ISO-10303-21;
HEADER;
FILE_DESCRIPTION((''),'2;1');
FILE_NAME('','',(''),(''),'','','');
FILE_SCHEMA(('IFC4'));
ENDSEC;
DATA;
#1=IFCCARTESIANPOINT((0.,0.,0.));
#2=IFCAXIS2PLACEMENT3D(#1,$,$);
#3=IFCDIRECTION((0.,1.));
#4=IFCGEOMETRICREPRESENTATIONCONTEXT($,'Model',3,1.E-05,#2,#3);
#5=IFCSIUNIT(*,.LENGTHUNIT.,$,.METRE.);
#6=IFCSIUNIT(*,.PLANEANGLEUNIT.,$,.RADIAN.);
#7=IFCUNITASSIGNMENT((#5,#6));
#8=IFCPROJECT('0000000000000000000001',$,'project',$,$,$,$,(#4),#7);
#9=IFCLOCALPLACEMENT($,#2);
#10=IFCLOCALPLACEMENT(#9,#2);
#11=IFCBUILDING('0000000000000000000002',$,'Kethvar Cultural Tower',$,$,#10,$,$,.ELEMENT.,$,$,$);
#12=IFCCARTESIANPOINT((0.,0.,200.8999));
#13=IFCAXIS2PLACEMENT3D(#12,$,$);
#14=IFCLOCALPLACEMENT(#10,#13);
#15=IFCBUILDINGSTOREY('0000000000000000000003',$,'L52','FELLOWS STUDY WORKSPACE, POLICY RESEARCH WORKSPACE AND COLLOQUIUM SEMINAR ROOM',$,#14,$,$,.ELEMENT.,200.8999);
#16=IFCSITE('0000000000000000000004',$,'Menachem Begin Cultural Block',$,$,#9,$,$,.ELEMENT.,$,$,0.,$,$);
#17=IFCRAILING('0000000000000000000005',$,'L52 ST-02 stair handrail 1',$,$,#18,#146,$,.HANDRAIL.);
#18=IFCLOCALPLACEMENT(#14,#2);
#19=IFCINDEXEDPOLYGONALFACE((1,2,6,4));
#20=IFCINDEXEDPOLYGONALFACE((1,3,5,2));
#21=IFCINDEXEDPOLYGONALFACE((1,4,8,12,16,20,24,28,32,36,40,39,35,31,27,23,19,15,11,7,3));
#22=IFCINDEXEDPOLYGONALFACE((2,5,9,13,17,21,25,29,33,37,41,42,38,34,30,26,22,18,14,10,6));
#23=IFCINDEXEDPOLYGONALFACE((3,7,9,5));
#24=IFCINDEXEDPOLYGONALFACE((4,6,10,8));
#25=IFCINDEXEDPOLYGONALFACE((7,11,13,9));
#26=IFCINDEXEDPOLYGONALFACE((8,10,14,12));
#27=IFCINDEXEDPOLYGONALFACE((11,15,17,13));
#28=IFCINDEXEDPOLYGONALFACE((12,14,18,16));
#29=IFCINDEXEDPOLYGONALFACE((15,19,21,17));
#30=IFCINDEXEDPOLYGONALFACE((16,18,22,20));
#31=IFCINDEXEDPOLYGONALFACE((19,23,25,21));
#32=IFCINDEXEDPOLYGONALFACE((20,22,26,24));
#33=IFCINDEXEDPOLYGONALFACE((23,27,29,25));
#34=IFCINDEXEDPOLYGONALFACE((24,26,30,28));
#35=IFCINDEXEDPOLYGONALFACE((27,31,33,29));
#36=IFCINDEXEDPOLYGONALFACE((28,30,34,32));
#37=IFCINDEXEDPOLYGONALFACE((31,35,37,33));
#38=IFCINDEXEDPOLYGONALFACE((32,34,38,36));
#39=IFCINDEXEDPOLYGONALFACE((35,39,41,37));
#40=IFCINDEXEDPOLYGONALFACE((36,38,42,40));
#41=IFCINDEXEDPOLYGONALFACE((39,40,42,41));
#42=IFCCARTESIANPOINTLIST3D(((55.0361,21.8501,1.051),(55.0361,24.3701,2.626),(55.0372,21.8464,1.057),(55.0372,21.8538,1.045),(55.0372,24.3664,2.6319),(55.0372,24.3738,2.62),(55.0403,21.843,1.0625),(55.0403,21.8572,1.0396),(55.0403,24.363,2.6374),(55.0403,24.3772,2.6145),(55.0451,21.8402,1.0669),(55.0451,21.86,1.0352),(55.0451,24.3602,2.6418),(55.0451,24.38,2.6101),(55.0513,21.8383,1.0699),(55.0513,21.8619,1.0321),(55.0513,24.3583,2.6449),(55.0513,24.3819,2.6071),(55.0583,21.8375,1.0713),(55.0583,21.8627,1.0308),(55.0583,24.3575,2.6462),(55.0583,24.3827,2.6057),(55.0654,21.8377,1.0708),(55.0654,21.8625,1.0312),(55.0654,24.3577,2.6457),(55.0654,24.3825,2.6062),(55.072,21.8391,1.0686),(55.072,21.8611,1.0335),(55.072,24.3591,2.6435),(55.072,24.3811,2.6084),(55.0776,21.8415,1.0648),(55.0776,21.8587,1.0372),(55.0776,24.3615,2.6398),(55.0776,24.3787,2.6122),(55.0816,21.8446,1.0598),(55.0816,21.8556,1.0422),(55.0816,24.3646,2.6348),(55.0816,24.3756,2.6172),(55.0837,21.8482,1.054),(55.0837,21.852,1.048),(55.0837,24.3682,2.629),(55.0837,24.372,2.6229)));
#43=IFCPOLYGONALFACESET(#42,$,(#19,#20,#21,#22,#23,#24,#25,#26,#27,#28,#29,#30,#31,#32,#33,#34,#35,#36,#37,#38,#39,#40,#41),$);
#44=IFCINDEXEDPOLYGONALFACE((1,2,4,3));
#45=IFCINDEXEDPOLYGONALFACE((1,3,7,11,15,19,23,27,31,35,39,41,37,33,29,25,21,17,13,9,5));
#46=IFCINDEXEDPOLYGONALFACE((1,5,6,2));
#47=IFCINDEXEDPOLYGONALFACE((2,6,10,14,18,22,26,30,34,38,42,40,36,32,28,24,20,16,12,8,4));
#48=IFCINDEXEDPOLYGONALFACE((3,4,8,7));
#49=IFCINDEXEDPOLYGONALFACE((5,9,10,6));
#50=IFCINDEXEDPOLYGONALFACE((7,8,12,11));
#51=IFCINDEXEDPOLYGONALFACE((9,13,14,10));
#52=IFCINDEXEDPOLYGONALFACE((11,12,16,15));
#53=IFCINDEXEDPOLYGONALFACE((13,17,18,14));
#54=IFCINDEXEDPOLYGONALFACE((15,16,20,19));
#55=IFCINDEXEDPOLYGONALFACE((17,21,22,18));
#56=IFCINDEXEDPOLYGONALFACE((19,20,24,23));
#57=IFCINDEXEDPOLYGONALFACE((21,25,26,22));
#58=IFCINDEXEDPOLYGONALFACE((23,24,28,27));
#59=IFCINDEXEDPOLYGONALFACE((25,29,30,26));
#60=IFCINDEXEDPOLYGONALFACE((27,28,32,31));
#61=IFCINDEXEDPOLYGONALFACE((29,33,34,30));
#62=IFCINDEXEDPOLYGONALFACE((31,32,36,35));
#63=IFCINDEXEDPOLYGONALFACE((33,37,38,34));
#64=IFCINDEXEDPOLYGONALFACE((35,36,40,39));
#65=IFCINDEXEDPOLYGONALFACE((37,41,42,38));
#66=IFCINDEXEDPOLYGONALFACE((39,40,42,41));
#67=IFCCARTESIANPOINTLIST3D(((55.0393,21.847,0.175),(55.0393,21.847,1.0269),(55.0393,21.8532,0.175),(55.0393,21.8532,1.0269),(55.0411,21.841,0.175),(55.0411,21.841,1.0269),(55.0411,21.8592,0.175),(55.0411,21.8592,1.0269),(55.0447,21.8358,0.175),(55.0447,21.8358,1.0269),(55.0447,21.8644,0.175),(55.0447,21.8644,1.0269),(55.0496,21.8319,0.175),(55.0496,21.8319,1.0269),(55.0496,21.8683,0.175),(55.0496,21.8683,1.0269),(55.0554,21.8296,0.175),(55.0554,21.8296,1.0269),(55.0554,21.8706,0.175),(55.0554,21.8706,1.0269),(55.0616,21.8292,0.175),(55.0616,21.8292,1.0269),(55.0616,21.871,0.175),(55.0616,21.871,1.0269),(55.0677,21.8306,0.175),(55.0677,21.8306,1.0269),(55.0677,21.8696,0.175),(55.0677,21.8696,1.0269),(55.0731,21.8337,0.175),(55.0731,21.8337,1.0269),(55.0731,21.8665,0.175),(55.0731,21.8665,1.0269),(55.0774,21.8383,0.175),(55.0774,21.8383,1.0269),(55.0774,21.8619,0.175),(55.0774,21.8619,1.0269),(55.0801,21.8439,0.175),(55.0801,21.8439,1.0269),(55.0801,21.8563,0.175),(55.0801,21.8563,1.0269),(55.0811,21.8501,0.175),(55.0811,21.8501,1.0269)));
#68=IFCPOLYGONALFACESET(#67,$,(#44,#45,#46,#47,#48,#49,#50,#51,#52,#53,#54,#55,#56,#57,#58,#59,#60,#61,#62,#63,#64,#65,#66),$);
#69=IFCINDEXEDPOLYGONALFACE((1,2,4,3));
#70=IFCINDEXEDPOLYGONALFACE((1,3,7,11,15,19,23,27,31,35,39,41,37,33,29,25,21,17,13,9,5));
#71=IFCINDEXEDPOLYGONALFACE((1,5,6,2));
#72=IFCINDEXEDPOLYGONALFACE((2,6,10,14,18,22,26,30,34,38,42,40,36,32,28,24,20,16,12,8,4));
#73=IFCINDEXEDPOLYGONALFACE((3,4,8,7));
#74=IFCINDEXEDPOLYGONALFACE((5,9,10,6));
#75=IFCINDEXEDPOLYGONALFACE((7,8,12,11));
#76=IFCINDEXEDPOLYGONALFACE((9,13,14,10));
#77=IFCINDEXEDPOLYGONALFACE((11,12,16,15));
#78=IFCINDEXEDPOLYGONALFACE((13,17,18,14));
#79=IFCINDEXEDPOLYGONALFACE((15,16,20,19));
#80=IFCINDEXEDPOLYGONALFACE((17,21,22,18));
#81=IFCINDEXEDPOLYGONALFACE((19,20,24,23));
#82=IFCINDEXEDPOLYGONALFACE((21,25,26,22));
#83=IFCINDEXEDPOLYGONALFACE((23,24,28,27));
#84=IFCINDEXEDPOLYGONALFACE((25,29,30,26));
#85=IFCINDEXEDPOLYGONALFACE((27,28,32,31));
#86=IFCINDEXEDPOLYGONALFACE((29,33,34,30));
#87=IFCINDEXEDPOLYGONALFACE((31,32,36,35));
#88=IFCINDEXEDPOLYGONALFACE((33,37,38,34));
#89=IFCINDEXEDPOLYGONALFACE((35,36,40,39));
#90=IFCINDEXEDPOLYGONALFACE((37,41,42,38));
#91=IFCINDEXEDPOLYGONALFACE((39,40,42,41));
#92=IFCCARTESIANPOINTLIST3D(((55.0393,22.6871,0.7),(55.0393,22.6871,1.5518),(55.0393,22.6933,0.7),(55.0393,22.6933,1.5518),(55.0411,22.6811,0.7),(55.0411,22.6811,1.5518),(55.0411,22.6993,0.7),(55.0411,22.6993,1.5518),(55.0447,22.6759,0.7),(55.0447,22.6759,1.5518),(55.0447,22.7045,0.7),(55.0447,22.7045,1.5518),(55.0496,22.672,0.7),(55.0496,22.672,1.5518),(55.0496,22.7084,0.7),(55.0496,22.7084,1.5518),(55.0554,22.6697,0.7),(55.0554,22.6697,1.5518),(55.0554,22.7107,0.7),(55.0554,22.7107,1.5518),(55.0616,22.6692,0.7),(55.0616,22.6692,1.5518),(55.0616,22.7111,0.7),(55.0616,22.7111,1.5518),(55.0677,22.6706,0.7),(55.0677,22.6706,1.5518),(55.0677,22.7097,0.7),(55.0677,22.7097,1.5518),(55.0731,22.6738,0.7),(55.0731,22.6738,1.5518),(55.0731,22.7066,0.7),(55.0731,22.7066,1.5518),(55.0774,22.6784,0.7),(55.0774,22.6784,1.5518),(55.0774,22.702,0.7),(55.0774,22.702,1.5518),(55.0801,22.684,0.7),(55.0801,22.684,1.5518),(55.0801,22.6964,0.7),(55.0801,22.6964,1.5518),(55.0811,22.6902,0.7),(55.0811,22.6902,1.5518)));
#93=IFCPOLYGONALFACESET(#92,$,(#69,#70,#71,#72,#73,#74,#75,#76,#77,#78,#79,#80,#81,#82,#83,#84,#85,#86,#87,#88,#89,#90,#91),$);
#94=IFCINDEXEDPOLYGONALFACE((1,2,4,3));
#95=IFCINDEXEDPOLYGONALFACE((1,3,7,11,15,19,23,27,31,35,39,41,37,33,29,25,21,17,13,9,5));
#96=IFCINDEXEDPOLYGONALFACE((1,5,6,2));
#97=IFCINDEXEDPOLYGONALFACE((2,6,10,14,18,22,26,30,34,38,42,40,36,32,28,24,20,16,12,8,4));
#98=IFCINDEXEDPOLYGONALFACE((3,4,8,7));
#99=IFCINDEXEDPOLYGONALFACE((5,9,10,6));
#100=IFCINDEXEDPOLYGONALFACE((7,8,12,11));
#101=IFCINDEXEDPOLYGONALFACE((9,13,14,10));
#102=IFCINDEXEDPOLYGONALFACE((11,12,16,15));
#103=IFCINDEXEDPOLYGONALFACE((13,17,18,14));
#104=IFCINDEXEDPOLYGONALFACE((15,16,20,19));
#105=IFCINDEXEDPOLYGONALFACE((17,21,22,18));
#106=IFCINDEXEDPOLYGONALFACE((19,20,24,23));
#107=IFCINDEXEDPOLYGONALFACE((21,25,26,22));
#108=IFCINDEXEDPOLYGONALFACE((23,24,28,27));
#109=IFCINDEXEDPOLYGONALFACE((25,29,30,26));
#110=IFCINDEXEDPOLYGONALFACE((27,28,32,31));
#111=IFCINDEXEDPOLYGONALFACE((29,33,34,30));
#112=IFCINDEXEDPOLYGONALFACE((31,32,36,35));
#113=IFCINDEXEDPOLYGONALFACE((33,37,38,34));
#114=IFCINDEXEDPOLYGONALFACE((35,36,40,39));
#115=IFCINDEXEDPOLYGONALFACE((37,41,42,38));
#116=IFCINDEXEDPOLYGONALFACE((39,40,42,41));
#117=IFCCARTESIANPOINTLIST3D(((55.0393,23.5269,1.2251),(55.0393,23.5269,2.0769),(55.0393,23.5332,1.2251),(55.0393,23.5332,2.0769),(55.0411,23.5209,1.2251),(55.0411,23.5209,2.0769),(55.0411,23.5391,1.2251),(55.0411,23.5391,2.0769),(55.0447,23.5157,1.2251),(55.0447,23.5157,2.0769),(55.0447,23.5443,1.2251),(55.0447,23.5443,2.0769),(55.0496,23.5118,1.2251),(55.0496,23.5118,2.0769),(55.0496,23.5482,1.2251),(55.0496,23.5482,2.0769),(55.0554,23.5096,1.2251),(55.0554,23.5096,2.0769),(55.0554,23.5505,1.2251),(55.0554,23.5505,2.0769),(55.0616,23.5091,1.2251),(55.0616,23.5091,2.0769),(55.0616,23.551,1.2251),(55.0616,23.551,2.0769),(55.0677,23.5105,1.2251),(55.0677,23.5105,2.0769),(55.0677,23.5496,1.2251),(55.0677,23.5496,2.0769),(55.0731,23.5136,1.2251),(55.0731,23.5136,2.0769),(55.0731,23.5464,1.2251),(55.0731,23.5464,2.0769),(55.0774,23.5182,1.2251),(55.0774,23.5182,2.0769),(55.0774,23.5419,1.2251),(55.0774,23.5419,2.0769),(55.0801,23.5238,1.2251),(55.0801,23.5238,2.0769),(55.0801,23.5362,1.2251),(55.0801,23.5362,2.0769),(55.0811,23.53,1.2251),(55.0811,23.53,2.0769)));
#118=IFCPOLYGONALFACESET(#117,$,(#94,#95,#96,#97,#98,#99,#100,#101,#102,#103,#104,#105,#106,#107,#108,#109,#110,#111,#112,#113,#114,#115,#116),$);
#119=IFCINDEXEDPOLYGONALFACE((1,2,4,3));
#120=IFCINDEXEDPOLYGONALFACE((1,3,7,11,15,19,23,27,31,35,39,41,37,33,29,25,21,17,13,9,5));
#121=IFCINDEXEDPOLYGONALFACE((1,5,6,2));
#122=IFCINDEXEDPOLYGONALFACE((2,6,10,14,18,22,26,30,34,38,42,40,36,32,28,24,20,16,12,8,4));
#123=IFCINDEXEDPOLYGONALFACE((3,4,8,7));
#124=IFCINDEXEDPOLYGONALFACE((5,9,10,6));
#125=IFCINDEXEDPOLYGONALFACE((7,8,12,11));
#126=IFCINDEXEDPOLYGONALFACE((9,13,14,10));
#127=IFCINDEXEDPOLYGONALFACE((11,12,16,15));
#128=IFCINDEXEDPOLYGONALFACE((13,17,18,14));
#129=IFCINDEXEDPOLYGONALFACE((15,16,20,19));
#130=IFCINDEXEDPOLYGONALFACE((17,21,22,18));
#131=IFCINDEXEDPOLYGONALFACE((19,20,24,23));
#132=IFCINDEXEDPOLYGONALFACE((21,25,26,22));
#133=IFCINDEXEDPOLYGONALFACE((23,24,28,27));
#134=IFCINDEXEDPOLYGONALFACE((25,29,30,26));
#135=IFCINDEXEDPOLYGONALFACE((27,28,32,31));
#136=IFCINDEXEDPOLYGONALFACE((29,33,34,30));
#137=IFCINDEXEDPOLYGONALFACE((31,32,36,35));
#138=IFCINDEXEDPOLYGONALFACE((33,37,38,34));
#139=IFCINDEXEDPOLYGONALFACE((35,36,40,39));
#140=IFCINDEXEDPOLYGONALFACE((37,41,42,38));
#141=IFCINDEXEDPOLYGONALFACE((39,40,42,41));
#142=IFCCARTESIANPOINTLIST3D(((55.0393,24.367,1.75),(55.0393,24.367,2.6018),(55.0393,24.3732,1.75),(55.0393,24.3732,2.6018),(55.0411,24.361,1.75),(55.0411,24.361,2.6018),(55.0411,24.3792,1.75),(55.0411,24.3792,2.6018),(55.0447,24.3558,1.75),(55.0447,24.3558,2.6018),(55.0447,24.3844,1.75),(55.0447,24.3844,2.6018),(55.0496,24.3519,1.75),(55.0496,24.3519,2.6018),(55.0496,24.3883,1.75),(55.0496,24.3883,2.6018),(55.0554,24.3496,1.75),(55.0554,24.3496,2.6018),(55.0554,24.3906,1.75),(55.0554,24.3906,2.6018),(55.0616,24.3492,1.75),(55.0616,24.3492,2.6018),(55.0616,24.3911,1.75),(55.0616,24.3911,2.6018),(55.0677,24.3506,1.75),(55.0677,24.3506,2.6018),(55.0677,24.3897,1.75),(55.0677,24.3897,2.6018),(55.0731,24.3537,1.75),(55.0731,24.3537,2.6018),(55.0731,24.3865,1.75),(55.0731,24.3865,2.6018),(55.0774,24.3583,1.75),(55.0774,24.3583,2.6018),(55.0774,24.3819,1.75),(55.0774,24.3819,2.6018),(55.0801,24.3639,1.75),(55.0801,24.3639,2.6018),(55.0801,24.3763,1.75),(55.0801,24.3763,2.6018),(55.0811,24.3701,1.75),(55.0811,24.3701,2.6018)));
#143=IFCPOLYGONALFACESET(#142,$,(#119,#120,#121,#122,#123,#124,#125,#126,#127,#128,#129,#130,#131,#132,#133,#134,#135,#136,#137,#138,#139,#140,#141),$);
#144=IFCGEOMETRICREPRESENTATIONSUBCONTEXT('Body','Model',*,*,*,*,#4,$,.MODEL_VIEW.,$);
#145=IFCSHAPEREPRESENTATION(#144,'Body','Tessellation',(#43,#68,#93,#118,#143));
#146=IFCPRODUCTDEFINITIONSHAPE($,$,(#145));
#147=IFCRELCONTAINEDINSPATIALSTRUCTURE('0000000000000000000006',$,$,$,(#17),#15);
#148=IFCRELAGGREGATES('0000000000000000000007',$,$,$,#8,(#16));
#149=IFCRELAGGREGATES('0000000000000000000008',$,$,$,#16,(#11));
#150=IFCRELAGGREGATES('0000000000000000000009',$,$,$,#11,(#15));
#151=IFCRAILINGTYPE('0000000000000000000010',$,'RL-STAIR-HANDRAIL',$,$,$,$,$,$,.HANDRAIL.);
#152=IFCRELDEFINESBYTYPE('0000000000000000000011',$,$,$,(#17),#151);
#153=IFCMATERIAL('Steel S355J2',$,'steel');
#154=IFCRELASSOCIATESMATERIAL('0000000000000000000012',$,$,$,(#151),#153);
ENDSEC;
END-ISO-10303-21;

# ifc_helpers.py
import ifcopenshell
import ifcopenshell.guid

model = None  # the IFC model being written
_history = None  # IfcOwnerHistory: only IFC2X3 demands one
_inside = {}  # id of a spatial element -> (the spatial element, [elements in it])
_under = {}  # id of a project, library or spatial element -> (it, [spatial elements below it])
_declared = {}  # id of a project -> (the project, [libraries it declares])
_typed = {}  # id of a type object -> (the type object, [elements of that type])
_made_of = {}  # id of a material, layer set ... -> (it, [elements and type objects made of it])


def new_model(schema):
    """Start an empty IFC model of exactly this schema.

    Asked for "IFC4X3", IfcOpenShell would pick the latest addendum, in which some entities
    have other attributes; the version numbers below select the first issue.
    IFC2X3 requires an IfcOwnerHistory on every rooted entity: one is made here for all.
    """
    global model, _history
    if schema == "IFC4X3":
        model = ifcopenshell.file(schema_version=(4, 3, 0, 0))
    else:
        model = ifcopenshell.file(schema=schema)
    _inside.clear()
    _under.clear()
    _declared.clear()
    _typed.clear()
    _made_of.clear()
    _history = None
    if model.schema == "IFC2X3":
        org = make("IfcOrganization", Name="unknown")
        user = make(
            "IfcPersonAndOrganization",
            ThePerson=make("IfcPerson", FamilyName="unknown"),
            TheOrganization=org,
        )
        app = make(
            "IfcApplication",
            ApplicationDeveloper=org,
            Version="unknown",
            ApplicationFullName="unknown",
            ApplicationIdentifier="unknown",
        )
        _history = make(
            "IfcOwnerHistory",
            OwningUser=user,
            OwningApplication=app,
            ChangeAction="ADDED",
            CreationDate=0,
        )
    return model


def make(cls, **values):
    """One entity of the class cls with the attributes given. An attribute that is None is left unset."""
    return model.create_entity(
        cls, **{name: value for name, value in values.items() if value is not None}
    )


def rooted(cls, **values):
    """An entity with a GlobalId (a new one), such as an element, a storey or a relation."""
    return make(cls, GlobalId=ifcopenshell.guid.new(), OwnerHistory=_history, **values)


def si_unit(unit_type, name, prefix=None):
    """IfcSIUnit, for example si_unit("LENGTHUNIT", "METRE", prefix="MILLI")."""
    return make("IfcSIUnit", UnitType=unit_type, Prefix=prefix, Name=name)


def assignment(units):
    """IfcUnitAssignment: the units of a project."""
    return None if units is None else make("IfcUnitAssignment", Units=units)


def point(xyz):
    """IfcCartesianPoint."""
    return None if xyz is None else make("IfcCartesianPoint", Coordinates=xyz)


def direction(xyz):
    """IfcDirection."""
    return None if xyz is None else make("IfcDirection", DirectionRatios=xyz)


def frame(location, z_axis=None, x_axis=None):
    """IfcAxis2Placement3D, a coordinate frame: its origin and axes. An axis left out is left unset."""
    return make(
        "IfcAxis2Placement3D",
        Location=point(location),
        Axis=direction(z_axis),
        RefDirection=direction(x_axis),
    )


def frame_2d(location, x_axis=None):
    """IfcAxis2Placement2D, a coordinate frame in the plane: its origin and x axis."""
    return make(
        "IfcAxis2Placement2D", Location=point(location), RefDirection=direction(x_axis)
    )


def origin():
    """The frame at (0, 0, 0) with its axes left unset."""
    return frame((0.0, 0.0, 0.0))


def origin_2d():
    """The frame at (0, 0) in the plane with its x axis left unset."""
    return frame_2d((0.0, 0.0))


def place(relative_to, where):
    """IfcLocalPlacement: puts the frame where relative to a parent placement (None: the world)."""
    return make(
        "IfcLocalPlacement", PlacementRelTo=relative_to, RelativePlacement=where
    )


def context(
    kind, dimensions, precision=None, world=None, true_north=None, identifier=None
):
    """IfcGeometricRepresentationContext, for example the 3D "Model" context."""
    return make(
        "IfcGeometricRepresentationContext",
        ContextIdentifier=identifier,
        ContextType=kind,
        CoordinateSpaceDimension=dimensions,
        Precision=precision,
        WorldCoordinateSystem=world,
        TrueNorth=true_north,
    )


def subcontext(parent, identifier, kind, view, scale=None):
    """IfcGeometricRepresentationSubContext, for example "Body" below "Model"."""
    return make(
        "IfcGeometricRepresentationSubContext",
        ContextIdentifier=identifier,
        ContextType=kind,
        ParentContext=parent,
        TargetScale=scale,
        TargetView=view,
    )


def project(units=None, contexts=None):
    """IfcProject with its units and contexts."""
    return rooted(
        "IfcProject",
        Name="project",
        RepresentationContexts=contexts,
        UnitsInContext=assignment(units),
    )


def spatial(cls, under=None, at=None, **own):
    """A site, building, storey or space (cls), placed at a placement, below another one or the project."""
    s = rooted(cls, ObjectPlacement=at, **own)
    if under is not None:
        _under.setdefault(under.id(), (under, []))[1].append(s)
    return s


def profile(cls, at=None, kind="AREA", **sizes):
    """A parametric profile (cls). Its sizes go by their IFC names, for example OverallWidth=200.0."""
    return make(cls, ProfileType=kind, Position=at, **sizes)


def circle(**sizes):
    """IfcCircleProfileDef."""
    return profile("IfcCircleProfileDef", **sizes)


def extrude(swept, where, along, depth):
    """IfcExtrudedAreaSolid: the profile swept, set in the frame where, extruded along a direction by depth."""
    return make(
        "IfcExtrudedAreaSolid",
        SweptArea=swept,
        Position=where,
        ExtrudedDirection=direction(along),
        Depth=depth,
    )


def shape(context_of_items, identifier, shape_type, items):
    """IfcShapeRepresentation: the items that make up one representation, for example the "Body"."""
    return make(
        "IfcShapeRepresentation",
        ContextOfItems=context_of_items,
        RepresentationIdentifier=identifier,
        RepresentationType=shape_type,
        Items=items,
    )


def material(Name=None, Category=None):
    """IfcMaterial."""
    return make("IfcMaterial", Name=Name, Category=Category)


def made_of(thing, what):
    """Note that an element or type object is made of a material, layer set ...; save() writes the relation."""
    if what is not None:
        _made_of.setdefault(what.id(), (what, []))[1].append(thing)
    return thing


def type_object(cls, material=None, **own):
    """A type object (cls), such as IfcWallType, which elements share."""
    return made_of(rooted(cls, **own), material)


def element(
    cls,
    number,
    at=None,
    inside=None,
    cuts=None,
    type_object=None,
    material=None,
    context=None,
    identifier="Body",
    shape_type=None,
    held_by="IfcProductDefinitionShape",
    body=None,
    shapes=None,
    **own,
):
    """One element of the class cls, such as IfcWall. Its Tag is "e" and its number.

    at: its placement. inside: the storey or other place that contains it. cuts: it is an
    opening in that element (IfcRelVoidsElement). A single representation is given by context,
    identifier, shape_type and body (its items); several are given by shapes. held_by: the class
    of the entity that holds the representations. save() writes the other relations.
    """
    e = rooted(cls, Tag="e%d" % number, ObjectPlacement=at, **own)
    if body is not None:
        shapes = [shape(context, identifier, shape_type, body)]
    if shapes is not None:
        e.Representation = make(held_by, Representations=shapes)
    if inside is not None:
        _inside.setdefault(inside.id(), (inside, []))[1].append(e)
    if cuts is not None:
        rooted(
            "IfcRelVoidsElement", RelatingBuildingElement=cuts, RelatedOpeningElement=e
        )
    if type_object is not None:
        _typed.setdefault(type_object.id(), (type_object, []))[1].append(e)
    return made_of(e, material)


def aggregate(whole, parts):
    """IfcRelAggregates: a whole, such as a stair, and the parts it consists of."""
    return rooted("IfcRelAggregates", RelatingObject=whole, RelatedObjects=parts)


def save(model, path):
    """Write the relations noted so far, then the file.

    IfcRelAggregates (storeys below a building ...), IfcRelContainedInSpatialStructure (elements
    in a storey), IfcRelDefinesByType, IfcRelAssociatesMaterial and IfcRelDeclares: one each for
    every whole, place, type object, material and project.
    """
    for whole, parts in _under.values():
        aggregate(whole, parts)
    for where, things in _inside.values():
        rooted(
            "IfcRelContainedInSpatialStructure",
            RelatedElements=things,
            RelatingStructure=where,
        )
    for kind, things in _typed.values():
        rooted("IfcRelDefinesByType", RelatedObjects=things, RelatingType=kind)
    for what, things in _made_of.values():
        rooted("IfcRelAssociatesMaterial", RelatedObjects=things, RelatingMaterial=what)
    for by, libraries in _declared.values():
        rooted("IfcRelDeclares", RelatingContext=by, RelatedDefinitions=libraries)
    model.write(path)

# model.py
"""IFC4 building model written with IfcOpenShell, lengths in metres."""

from ifc_helpers import new_model, si_unit, direction, frame, origin, origin_2d, place, context, subcontext, project, spatial, circle, extrude, material, type_object, element, save


model = new_model("IFC4")

# Units and contexts
model_context = context("Model", 3, precision=1e-05, world=origin(), true_north=direction((0.0, 1.0)))
body_context = subcontext(model_context, "Body", "Model", "MODEL_VIEW")
ifc_project = project(units=[si_unit("LENGTHUNIT", "METRE"), si_unit("PLANEANGLEUNIT", "RADIAN")], contexts=[model_context])

# Site, building, storey
site_placement = place(None, origin())
site = spatial("IfcSite", under=ifc_project, at=site_placement, Name="Menachem Begin Cultural Block", CompositionType="ELEMENT", RefElevation=0.0)
building_placement = place(site_placement, origin())
building = spatial("IfcBuilding", under=site, at=building_placement, Name="Kethvar Cultural Tower", CompositionType="ELEMENT")
storey_placement = place(building_placement, frame((0.0, 0.0, 200.8999)))
storey = spatial("IfcBuildingStorey", under=building, at=storey_placement, Name="L52", Description="FELLOWS STUDY WORKSPACE, POLICY RESEARCH WORKSPACE AND COLLOQUIUM SEMINAR ROOM", CompositionType="ELEMENT", Elevation=200.8999)

# Shared definitions
ifc_material_1 = material(Name="Steel S355J2", Category="steel")

# Railing
railing_type_1 = type_object("IfcRailingType", Name="RL-STAIR-HANDRAIL", PredefinedType="HANDRAIL", material=ifc_material_1)
railing_1_placement = place(storey_placement, frame((55.0601, 21.8501, 0.175)))
element("IfcRailing", 1, at=railing_1_placement, inside=storey, type_object=railing_type_1, Name="L52 ST-02 stair handrail 1", PredefinedType="HANDRAIL", context=body_context, shape_type="SweptSolid", body=[
    extrude(circle(Radius=0.0239, at=origin_2d()), frame((0.0, 0.0, 0.876), z_axis=(0.0, 0.848008, 0.529984), x_axis=(-1.0, 0.0, 0.0)), (0.0, 0.0, 1.0), 2.9717),
    extrude(circle(Radius=0.021, at=origin_2d()), origin(), (0.0, 0.0, 1.0), 0.8518),
    extrude(circle(Radius=0.021, at=origin_2d()), frame((0.0, 0.8401, 0.5249)), (0.0, 0.0, 1.0), 0.8518),
    extrude(circle(Radius=0.021, at=origin_2d()), frame((0.0, 1.6799, 1.05)), (0.0, 0.0, 1.0), 0.8518),
    extrude(circle(Radius=0.021, at=origin_2d()), frame((0.0, 2.52, 1.575)), (0.0, 0.0, 1.0), 0.8518),
])

save(model, "model.ifc")
